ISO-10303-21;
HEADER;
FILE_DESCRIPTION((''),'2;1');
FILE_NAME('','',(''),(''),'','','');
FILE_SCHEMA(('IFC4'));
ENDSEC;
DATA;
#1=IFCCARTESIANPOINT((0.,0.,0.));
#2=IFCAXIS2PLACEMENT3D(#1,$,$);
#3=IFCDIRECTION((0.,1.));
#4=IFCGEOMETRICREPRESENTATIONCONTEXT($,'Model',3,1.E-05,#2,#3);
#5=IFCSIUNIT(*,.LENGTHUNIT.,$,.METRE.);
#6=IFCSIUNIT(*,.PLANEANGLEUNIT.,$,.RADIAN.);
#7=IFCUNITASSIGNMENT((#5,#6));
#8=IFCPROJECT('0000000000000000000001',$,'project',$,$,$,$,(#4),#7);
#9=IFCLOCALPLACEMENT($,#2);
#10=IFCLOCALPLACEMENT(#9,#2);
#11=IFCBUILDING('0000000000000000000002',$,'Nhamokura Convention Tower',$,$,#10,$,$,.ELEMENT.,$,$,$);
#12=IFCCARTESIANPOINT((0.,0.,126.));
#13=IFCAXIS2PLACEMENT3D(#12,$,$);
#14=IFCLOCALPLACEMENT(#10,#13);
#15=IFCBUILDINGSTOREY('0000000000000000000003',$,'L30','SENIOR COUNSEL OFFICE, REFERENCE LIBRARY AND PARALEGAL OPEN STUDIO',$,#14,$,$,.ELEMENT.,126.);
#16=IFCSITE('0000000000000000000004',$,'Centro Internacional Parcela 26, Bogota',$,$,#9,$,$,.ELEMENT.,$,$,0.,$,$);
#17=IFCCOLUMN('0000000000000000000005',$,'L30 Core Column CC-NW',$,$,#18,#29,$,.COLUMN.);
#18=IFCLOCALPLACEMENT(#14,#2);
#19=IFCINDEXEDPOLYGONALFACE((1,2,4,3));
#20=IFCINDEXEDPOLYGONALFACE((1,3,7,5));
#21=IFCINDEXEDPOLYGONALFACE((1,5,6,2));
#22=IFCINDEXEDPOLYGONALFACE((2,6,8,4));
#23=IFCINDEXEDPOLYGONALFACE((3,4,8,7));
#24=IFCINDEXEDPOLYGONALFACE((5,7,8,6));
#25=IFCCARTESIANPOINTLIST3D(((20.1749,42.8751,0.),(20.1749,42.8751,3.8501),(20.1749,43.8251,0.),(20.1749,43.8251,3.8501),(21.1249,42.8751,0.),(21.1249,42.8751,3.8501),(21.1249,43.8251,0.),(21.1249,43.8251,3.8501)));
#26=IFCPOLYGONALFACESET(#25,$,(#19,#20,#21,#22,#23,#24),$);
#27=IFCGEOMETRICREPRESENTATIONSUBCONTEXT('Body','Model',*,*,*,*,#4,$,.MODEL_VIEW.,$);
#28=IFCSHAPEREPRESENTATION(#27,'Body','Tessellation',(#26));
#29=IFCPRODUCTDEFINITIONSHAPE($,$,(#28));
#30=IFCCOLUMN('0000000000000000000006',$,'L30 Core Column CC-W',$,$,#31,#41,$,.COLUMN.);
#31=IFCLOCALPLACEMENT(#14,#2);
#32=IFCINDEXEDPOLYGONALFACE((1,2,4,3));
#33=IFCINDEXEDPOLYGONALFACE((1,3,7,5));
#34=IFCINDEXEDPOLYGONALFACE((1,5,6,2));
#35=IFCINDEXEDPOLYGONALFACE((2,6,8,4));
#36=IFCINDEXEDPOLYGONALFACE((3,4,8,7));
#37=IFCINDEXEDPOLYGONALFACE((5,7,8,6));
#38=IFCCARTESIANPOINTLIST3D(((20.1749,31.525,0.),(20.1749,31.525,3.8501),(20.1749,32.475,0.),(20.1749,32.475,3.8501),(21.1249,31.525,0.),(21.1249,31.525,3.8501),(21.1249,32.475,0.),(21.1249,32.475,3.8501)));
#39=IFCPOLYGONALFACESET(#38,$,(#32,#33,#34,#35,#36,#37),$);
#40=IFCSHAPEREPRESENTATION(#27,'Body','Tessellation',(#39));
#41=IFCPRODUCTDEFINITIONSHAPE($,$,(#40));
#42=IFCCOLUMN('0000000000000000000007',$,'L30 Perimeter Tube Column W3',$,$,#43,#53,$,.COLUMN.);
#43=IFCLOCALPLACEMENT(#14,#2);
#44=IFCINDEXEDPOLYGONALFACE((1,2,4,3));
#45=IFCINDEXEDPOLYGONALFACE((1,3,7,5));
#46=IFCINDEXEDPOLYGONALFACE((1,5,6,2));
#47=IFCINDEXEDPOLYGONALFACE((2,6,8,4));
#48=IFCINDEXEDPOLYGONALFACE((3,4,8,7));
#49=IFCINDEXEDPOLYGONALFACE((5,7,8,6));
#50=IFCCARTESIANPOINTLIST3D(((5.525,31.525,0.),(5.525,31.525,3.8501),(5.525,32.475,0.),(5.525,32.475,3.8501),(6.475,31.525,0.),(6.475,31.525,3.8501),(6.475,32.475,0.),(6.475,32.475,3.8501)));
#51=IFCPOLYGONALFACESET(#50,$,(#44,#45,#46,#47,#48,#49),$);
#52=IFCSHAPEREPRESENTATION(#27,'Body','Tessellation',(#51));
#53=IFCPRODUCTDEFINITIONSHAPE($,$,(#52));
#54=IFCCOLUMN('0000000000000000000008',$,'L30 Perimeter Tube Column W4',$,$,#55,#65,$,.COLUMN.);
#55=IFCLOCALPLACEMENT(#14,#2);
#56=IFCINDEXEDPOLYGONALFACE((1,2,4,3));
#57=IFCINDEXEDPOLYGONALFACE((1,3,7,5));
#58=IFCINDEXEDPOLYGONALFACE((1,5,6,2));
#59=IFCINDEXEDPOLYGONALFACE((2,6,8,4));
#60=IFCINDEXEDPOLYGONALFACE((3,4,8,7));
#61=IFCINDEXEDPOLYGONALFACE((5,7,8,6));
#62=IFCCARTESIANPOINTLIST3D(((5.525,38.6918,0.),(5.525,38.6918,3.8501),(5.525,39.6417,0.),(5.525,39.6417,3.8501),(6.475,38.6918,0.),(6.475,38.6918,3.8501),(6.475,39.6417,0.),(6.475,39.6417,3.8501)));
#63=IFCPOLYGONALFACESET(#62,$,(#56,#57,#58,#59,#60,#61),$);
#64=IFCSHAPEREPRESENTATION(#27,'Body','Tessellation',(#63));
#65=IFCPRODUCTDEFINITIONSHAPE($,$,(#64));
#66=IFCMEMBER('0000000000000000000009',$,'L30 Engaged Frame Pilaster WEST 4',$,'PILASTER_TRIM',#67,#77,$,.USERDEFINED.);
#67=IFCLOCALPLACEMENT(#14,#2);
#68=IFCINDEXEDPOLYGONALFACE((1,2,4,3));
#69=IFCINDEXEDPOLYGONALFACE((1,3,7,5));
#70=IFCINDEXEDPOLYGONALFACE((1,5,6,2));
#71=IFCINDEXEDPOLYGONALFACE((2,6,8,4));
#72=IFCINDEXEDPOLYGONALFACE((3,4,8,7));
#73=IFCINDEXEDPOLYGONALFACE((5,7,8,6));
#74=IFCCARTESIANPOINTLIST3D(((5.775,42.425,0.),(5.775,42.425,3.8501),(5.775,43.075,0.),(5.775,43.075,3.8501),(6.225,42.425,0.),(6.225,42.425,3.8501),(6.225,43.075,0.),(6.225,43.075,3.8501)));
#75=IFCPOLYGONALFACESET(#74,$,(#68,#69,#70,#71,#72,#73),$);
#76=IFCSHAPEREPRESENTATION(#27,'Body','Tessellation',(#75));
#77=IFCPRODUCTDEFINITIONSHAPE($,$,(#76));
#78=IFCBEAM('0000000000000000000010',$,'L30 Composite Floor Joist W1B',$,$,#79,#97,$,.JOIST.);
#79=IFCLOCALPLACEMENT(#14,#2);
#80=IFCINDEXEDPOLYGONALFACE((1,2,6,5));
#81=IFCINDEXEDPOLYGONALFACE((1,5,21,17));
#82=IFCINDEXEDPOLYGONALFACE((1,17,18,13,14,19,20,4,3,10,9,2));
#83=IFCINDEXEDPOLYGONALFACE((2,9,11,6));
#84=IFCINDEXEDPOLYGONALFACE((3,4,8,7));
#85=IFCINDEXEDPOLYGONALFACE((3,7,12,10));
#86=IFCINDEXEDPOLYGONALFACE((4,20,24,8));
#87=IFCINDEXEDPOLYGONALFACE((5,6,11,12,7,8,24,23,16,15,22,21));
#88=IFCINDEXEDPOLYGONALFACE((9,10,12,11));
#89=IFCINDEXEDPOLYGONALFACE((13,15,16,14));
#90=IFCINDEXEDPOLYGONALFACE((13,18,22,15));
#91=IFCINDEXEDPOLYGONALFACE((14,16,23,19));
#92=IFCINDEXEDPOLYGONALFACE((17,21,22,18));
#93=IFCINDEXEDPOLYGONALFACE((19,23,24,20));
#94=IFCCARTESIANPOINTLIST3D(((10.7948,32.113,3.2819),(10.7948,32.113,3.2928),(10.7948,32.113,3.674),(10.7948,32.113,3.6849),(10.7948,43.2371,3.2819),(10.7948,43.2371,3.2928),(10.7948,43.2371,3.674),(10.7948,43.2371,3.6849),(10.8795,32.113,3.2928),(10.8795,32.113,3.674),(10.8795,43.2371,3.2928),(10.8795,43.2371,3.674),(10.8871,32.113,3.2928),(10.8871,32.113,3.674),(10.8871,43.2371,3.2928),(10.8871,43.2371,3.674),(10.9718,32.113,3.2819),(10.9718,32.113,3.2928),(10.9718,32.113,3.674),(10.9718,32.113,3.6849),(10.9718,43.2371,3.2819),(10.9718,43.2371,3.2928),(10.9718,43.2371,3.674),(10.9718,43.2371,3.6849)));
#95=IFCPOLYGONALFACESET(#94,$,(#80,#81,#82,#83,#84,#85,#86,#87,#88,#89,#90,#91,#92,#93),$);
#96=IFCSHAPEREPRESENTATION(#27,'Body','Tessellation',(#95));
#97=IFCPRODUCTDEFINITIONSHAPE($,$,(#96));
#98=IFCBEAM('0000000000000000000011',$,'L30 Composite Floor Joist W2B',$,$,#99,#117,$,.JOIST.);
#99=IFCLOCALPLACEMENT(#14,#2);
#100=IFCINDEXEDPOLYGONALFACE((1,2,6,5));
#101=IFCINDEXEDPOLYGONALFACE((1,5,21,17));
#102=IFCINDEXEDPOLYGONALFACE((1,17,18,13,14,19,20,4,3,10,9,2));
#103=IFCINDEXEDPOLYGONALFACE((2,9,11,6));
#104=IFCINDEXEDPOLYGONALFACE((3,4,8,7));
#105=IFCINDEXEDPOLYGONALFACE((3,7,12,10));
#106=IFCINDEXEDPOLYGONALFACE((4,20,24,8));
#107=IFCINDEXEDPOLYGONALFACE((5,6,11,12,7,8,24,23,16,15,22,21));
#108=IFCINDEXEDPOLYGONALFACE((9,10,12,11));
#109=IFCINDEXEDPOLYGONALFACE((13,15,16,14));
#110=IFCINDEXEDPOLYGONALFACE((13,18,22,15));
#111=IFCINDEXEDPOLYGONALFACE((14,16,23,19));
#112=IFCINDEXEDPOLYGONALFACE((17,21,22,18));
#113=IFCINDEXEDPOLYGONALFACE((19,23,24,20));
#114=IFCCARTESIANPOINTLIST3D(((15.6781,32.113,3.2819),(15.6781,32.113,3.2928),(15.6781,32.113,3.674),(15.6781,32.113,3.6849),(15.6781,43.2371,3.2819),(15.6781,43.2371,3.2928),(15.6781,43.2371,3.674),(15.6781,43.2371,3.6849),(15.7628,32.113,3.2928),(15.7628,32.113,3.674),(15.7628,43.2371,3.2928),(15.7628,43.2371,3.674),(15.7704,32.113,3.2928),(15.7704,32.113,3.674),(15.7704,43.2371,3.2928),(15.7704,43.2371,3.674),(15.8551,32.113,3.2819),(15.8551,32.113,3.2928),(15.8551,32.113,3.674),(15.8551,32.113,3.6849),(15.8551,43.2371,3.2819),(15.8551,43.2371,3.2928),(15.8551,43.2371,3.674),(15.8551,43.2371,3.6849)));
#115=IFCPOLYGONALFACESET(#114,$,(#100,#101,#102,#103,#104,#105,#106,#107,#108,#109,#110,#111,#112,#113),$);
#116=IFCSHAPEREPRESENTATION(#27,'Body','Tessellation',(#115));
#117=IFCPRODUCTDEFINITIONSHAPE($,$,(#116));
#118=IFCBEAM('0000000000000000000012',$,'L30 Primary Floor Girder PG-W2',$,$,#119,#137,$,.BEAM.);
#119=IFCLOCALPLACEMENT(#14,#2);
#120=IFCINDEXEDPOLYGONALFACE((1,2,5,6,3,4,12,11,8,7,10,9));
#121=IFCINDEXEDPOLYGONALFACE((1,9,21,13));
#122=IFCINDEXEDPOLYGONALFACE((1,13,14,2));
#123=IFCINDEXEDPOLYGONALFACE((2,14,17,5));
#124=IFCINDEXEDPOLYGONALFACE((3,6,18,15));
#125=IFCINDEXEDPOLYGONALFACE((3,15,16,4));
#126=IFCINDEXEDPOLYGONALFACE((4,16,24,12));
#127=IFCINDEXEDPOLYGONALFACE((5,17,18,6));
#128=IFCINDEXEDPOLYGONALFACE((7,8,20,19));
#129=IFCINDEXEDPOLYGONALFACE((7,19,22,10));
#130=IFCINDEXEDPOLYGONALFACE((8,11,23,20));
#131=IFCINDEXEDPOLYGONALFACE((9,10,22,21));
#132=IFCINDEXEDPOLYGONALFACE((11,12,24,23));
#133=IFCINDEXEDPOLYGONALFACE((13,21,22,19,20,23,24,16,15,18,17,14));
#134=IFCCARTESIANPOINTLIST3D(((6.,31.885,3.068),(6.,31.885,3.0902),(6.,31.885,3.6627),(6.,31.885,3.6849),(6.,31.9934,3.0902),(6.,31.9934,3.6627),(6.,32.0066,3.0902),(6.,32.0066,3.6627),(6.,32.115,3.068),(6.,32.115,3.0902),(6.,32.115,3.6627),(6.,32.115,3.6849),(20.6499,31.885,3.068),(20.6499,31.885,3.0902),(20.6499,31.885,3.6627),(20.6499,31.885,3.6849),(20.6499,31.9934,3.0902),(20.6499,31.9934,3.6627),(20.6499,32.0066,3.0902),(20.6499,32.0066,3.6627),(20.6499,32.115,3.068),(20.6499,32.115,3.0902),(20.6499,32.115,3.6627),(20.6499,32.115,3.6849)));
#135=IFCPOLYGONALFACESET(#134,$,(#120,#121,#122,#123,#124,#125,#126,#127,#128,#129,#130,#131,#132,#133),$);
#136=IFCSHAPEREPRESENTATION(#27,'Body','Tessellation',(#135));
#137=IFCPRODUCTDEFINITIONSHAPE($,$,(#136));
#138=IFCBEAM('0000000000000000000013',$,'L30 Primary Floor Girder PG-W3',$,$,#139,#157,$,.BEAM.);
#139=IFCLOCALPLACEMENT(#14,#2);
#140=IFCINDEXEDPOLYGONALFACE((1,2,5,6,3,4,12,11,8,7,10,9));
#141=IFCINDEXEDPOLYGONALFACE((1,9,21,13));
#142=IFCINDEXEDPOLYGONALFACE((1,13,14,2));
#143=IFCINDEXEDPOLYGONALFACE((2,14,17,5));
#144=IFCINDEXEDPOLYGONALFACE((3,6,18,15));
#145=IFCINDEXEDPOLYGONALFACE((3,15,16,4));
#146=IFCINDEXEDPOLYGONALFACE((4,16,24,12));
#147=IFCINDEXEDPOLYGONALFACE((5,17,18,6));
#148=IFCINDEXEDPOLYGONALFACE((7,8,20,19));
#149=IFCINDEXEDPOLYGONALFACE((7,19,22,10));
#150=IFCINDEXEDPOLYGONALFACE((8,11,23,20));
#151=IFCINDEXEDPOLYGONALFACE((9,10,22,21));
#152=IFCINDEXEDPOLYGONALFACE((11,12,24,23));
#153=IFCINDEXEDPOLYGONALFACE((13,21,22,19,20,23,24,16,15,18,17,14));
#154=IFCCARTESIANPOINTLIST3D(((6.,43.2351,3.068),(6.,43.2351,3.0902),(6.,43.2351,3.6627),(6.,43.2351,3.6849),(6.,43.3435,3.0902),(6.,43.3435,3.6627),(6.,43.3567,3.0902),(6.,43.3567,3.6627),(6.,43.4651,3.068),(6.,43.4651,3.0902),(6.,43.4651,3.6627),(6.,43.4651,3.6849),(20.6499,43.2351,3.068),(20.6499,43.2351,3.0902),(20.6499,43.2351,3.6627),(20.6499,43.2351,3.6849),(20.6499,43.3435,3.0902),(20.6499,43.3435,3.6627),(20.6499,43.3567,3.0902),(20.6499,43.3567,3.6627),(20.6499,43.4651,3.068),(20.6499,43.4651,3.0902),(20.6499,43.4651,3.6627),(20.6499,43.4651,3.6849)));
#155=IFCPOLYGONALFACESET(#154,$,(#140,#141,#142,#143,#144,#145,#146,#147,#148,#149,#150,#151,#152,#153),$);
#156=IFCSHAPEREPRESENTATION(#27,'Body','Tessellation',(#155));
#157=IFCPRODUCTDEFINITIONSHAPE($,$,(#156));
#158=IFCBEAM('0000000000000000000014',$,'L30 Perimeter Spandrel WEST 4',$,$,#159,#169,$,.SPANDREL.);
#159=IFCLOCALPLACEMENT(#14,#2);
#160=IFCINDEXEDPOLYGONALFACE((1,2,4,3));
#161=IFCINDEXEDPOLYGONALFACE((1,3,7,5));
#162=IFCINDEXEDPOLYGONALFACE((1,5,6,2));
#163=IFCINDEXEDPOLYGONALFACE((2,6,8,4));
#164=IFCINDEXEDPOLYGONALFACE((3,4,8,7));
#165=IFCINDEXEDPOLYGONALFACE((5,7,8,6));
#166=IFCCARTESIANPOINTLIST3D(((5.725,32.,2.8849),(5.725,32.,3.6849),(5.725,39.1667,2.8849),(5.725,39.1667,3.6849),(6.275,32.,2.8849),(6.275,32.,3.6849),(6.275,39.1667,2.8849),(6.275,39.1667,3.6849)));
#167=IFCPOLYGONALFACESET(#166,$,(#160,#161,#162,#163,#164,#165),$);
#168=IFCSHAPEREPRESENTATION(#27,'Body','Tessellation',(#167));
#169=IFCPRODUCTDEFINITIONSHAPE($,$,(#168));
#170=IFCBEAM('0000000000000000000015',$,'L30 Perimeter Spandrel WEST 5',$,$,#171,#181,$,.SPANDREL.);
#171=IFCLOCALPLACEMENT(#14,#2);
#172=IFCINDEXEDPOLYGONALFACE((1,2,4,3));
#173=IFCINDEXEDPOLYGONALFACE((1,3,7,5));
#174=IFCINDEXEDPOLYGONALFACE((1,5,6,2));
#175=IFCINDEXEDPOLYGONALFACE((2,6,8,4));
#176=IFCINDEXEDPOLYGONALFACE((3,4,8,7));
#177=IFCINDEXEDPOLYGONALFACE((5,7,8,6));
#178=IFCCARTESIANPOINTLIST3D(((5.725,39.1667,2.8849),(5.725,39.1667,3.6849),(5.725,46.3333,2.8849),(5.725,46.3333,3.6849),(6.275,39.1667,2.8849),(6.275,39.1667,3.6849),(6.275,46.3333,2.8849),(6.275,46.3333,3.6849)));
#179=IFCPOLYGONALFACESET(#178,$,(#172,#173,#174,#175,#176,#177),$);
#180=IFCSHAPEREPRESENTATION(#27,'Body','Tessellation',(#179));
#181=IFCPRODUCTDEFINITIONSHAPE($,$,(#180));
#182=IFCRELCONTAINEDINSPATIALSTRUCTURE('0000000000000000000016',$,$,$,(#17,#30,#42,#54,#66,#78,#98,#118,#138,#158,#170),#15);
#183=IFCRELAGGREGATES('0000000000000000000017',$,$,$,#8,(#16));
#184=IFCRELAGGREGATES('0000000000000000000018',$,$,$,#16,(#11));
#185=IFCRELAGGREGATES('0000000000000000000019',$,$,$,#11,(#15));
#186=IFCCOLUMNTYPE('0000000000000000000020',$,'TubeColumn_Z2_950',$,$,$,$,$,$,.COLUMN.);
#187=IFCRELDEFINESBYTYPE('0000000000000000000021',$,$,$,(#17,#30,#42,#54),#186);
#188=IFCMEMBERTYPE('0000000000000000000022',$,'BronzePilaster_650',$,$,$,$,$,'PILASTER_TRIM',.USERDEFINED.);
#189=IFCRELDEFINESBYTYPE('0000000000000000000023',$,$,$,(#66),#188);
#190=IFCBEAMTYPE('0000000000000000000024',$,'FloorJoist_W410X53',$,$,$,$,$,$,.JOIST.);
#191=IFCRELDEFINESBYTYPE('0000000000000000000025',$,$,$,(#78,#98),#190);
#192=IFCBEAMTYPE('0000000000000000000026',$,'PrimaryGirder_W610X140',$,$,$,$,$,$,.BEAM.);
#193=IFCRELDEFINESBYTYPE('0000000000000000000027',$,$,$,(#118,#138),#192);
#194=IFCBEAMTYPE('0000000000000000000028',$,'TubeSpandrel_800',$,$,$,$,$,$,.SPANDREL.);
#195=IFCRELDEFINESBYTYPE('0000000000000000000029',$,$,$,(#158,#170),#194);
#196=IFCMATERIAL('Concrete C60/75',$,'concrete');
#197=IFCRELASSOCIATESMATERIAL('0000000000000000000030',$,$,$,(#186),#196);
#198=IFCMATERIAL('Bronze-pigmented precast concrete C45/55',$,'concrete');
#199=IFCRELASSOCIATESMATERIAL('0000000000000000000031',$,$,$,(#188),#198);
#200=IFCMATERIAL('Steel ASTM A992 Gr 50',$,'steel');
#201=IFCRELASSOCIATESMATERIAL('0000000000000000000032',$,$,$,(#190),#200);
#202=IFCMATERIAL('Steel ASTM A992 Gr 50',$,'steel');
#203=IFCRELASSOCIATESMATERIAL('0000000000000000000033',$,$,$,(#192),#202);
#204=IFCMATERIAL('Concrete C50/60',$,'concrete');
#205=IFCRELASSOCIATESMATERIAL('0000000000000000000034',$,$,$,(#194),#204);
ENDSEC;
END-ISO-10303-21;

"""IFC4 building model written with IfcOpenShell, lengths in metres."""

from ifc_helpers import new_model, si_unit, direction, frame, origin, origin_2d, place, context, subcontext, project, spatial, rectangle, i_section, extrude, material, material_profile, profile_set, type_object, element, save


model = new_model("IFC4")

# Units and contexts
model_context = context("Model", 3, precision=1e-05, world=origin(), true_north=direction((0.0, 1.0)))
body_context = subcontext(model_context, "Body", "Model", "MODEL_VIEW")
ifc_project = project(units=[si_unit("LENGTHUNIT", "METRE"), si_unit("PLANEANGLEUNIT", "RADIAN")], contexts=[model_context])

# Site, building, storey
site_placement = place(None, origin())
site = spatial("IfcSite", under=ifc_project, at=site_placement, Name="Centro Internacional Parcela 26, Bogota", CompositionType="ELEMENT", RefElevation=0.0)
building_placement = place(site_placement, origin())
building = spatial("IfcBuilding", under=site, at=building_placement, Name="Nhamokura Convention Tower", CompositionType="ELEMENT")
storey_placement = place(building_placement, frame((0.0, 0.0, 126.0)))
storey = spatial("IfcBuildingStorey", under=building, at=storey_placement, Name="L30", Description="SENIOR COUNSEL OFFICE, REFERENCE LIBRARY AND PARALEGAL OPEN STUDIO", CompositionType="ELEMENT", Elevation=126.0)

# Columns
ifc_material_1 = material(Name="Concrete C60/75", Category="concrete")
ifc_material_profile_1 = material_profile(ifc_material_1, rectangle(XDim=0.95, YDim=0.95, at=origin_2d()))
ifc_profile_set_1 = profile_set([ifc_material_profile_1], Name="Concrete C60/75")
column_type = type_object("IfcColumnType", Name="TubeColumn_Z2_950", PredefinedType="COLUMN", material=ifc_profile_set_1)
for number, where, z_axis, x_axis, name in (
    (1, (20.6499, 43.3501, 0.0), (0.0, 0.0, 1.0), (1.0, 0.0, 0.0), "L30 Core Column CC-NW"),
    (2, (20.6499, 32.0, 0.0), (0.0, 0.0, 1.0), (1.0, 0.0, 0.0), "L30 Core Column CC-W"),
    (3, (6.0, 32.0, 0.0), (0.0, 0.0, 1.0), (1.0, 0.0, 0.0), "L30 Perimeter Tube Column W3"),
    (4, (6.0, 39.1667, 0.0), (0.0, 0.0, 1.0), (1.0, 0.0, 0.0), "L30 Perimeter Tube Column W4"),
):
    element("IfcColumn", number, at=place(storey_placement, frame(where, z_axis=z_axis, x_axis=x_axis)), inside=storey, type_object=column_type, Name=name, PredefinedType="COLUMN", context=body_context, shape_type="SweptSolid", body=[
        extrude(rectangle(XDim=0.95, YDim=0.95, at=origin_2d()), origin(), (0.0, 0.0, 1.0), 3.8501),
    ])

# Member
ifc_material_2 = material(Name="Bronze-pigmented precast concrete C45/55", Category="concrete")
ifc_material_profile_2 = material_profile(ifc_material_2, rectangle(XDim=0.45, YDim=0.6499, at=origin_2d()))
ifc_profile_set_2 = profile_set([ifc_material_profile_2], Name="Bronze-pigmented precast concrete C45/55")
member_type = type_object("IfcMemberType", Name="BronzePilaster_650", ElementType="PILASTER_TRIM", PredefinedType="USERDEFINED", material=ifc_profile_set_2)
member_placement = place(storey_placement, frame((6.0, 42.75, 0.0), z_axis=(0.0, 0.0, 1.0), x_axis=(1.0, 0.0, 0.0)))
element("IfcMember", 5, at=member_placement, inside=storey, type_object=member_type, Name="L30 Engaged Frame Pilaster WEST 4", ObjectType="PILASTER_TRIM", PredefinedType="USERDEFINED", context=body_context, shape_type="SweptSolid", body=[
    extrude(rectangle(XDim=0.45, YDim=0.6499, at=origin_2d()), origin(), (0.0, 0.0, 1.0), 3.8501),
])

# Beams
ifc_material_3 = material(Name="Steel ASTM A992 Gr 50", Category="steel")
ifc_material_profile_3 = material_profile(ifc_material_3, i_section(OverallWidth=0.177, OverallDepth=0.4031, WebThickness=0.0076, FlangeThickness=0.011, at=origin_2d()))
ifc_profile_set_3 = profile_set([ifc_material_profile_3], Name="Steel ASTM A992 Gr 50")
beam_type_1 = type_object("IfcBeamType", Name="FloorJoist_W410X53", PredefinedType="JOIST", material=ifc_profile_set_3)
for number, where, z_axis, x_axis, name in (
    (6, (10.8833, 32.113, 3.4834), (0.0, 1.0, 0.0), (-1.0, 0.0, 0.0), "L30 Composite Floor Joist W1B"),
    (7, (15.7666, 32.113, 3.4834), (0.0, 1.0, 0.0), (-1.0, 0.0, 0.0), "L30 Composite Floor Joist W2B"),
):
    element("IfcBeam", number, at=place(storey_placement, frame(where, z_axis=z_axis, x_axis=x_axis)), inside=storey, type_object=beam_type_1, Name=name, PredefinedType="JOIST", context=body_context, shape_type="SweptSolid", body=[
        extrude(i_section(OverallWidth=0.177, OverallDepth=0.4031, WebThickness=0.0076, FlangeThickness=0.011, at=origin_2d()), origin(), (0.0, 0.0, 1.0), 11.124),
    ])
ifc_material_4 = material(Name="Steel ASTM A992 Gr 50", Category="steel")
ifc_material_profile_4 = material_profile(ifc_material_4, i_section(OverallWidth=0.23, OverallDepth=0.6169, WebThickness=0.0132, FlangeThickness=0.0222, at=origin_2d()))
ifc_profile_set_4 = profile_set([ifc_material_profile_4], Name="Steel ASTM A992 Gr 50")
beam_type_2 = type_object("IfcBeamType", Name="PrimaryGirder_W610X140", PredefinedType="BEAM", material=ifc_profile_set_4)
for number, where, z_axis, x_axis, name in (
    (8, (6.0, 32.0, 3.3765), (1.0, 0.0, 0.0), (0.0, 1.0, 0.0), "L30 Primary Floor Girder PG-W2"),
    (9, (6.0, 43.3501, 3.3765), (1.0, 0.0, 0.0), (0.0, 1.0, 0.0), "L30 Primary Floor Girder PG-W3"),
):
    element("IfcBeam", number, at=place(storey_placement, frame(where, z_axis=z_axis, x_axis=x_axis)), inside=storey, type_object=beam_type_2, Name=name, PredefinedType="BEAM", context=body_context, shape_type="SweptSolid", body=[
        extrude(i_section(OverallWidth=0.23, OverallDepth=0.6169, WebThickness=0.0132, FlangeThickness=0.0222, at=origin_2d()), origin(), (0.0, 0.0, 1.0), 14.6499),
    ])
ifc_material_5 = material(Name="Concrete C50/60", Category="concrete")
ifc_material_profile_5 = material_profile(ifc_material_5, rectangle(XDim=0.55, YDim=0.8, at=origin_2d()))
ifc_profile_set_5 = profile_set([ifc_material_profile_5], Name="Concrete C50/60")
beam_type_3 = type_object("IfcBeamType", Name="TubeSpandrel_800", PredefinedType="SPANDREL", material=ifc_profile_set_5)
beam_1_placement = place(storey_placement, frame((6.0, 32.0, 3.2849), z_axis=(0.0, 1.0, 0.0), x_axis=(-1.0, 0.0, 0.0)))
element("IfcBeam", 10, at=beam_1_placement, inside=storey, type_object=beam_type_3, Name="L30 Perimeter Spandrel WEST 4", PredefinedType="SPANDREL", context=body_context, shape_type="SweptSolid", body=[
    extrude(rectangle(XDim=0.55, YDim=0.8, at=origin_2d()), origin(), (0.0, 0.0, 1.0), 7.1667),
])
beam_2_placement = place(storey_placement, frame((6.0, 39.1667, 3.2849), z_axis=(0.0, 1.0, 0.0), x_axis=(-1.0, 0.0, 0.0)))
element("IfcBeam", 11, at=beam_2_placement, inside=storey, type_object=beam_type_3, Name="L30 Perimeter Spandrel WEST 5", PredefinedType="SPANDREL", context=body_context, shape_type="SweptSolid", body=[
    extrude(rectangle(XDim=0.55, YDim=0.8, at=origin_2d()), origin(), (0.0, 0.0, 1.0), 7.1665),
])

save(model, "model.ifc")
